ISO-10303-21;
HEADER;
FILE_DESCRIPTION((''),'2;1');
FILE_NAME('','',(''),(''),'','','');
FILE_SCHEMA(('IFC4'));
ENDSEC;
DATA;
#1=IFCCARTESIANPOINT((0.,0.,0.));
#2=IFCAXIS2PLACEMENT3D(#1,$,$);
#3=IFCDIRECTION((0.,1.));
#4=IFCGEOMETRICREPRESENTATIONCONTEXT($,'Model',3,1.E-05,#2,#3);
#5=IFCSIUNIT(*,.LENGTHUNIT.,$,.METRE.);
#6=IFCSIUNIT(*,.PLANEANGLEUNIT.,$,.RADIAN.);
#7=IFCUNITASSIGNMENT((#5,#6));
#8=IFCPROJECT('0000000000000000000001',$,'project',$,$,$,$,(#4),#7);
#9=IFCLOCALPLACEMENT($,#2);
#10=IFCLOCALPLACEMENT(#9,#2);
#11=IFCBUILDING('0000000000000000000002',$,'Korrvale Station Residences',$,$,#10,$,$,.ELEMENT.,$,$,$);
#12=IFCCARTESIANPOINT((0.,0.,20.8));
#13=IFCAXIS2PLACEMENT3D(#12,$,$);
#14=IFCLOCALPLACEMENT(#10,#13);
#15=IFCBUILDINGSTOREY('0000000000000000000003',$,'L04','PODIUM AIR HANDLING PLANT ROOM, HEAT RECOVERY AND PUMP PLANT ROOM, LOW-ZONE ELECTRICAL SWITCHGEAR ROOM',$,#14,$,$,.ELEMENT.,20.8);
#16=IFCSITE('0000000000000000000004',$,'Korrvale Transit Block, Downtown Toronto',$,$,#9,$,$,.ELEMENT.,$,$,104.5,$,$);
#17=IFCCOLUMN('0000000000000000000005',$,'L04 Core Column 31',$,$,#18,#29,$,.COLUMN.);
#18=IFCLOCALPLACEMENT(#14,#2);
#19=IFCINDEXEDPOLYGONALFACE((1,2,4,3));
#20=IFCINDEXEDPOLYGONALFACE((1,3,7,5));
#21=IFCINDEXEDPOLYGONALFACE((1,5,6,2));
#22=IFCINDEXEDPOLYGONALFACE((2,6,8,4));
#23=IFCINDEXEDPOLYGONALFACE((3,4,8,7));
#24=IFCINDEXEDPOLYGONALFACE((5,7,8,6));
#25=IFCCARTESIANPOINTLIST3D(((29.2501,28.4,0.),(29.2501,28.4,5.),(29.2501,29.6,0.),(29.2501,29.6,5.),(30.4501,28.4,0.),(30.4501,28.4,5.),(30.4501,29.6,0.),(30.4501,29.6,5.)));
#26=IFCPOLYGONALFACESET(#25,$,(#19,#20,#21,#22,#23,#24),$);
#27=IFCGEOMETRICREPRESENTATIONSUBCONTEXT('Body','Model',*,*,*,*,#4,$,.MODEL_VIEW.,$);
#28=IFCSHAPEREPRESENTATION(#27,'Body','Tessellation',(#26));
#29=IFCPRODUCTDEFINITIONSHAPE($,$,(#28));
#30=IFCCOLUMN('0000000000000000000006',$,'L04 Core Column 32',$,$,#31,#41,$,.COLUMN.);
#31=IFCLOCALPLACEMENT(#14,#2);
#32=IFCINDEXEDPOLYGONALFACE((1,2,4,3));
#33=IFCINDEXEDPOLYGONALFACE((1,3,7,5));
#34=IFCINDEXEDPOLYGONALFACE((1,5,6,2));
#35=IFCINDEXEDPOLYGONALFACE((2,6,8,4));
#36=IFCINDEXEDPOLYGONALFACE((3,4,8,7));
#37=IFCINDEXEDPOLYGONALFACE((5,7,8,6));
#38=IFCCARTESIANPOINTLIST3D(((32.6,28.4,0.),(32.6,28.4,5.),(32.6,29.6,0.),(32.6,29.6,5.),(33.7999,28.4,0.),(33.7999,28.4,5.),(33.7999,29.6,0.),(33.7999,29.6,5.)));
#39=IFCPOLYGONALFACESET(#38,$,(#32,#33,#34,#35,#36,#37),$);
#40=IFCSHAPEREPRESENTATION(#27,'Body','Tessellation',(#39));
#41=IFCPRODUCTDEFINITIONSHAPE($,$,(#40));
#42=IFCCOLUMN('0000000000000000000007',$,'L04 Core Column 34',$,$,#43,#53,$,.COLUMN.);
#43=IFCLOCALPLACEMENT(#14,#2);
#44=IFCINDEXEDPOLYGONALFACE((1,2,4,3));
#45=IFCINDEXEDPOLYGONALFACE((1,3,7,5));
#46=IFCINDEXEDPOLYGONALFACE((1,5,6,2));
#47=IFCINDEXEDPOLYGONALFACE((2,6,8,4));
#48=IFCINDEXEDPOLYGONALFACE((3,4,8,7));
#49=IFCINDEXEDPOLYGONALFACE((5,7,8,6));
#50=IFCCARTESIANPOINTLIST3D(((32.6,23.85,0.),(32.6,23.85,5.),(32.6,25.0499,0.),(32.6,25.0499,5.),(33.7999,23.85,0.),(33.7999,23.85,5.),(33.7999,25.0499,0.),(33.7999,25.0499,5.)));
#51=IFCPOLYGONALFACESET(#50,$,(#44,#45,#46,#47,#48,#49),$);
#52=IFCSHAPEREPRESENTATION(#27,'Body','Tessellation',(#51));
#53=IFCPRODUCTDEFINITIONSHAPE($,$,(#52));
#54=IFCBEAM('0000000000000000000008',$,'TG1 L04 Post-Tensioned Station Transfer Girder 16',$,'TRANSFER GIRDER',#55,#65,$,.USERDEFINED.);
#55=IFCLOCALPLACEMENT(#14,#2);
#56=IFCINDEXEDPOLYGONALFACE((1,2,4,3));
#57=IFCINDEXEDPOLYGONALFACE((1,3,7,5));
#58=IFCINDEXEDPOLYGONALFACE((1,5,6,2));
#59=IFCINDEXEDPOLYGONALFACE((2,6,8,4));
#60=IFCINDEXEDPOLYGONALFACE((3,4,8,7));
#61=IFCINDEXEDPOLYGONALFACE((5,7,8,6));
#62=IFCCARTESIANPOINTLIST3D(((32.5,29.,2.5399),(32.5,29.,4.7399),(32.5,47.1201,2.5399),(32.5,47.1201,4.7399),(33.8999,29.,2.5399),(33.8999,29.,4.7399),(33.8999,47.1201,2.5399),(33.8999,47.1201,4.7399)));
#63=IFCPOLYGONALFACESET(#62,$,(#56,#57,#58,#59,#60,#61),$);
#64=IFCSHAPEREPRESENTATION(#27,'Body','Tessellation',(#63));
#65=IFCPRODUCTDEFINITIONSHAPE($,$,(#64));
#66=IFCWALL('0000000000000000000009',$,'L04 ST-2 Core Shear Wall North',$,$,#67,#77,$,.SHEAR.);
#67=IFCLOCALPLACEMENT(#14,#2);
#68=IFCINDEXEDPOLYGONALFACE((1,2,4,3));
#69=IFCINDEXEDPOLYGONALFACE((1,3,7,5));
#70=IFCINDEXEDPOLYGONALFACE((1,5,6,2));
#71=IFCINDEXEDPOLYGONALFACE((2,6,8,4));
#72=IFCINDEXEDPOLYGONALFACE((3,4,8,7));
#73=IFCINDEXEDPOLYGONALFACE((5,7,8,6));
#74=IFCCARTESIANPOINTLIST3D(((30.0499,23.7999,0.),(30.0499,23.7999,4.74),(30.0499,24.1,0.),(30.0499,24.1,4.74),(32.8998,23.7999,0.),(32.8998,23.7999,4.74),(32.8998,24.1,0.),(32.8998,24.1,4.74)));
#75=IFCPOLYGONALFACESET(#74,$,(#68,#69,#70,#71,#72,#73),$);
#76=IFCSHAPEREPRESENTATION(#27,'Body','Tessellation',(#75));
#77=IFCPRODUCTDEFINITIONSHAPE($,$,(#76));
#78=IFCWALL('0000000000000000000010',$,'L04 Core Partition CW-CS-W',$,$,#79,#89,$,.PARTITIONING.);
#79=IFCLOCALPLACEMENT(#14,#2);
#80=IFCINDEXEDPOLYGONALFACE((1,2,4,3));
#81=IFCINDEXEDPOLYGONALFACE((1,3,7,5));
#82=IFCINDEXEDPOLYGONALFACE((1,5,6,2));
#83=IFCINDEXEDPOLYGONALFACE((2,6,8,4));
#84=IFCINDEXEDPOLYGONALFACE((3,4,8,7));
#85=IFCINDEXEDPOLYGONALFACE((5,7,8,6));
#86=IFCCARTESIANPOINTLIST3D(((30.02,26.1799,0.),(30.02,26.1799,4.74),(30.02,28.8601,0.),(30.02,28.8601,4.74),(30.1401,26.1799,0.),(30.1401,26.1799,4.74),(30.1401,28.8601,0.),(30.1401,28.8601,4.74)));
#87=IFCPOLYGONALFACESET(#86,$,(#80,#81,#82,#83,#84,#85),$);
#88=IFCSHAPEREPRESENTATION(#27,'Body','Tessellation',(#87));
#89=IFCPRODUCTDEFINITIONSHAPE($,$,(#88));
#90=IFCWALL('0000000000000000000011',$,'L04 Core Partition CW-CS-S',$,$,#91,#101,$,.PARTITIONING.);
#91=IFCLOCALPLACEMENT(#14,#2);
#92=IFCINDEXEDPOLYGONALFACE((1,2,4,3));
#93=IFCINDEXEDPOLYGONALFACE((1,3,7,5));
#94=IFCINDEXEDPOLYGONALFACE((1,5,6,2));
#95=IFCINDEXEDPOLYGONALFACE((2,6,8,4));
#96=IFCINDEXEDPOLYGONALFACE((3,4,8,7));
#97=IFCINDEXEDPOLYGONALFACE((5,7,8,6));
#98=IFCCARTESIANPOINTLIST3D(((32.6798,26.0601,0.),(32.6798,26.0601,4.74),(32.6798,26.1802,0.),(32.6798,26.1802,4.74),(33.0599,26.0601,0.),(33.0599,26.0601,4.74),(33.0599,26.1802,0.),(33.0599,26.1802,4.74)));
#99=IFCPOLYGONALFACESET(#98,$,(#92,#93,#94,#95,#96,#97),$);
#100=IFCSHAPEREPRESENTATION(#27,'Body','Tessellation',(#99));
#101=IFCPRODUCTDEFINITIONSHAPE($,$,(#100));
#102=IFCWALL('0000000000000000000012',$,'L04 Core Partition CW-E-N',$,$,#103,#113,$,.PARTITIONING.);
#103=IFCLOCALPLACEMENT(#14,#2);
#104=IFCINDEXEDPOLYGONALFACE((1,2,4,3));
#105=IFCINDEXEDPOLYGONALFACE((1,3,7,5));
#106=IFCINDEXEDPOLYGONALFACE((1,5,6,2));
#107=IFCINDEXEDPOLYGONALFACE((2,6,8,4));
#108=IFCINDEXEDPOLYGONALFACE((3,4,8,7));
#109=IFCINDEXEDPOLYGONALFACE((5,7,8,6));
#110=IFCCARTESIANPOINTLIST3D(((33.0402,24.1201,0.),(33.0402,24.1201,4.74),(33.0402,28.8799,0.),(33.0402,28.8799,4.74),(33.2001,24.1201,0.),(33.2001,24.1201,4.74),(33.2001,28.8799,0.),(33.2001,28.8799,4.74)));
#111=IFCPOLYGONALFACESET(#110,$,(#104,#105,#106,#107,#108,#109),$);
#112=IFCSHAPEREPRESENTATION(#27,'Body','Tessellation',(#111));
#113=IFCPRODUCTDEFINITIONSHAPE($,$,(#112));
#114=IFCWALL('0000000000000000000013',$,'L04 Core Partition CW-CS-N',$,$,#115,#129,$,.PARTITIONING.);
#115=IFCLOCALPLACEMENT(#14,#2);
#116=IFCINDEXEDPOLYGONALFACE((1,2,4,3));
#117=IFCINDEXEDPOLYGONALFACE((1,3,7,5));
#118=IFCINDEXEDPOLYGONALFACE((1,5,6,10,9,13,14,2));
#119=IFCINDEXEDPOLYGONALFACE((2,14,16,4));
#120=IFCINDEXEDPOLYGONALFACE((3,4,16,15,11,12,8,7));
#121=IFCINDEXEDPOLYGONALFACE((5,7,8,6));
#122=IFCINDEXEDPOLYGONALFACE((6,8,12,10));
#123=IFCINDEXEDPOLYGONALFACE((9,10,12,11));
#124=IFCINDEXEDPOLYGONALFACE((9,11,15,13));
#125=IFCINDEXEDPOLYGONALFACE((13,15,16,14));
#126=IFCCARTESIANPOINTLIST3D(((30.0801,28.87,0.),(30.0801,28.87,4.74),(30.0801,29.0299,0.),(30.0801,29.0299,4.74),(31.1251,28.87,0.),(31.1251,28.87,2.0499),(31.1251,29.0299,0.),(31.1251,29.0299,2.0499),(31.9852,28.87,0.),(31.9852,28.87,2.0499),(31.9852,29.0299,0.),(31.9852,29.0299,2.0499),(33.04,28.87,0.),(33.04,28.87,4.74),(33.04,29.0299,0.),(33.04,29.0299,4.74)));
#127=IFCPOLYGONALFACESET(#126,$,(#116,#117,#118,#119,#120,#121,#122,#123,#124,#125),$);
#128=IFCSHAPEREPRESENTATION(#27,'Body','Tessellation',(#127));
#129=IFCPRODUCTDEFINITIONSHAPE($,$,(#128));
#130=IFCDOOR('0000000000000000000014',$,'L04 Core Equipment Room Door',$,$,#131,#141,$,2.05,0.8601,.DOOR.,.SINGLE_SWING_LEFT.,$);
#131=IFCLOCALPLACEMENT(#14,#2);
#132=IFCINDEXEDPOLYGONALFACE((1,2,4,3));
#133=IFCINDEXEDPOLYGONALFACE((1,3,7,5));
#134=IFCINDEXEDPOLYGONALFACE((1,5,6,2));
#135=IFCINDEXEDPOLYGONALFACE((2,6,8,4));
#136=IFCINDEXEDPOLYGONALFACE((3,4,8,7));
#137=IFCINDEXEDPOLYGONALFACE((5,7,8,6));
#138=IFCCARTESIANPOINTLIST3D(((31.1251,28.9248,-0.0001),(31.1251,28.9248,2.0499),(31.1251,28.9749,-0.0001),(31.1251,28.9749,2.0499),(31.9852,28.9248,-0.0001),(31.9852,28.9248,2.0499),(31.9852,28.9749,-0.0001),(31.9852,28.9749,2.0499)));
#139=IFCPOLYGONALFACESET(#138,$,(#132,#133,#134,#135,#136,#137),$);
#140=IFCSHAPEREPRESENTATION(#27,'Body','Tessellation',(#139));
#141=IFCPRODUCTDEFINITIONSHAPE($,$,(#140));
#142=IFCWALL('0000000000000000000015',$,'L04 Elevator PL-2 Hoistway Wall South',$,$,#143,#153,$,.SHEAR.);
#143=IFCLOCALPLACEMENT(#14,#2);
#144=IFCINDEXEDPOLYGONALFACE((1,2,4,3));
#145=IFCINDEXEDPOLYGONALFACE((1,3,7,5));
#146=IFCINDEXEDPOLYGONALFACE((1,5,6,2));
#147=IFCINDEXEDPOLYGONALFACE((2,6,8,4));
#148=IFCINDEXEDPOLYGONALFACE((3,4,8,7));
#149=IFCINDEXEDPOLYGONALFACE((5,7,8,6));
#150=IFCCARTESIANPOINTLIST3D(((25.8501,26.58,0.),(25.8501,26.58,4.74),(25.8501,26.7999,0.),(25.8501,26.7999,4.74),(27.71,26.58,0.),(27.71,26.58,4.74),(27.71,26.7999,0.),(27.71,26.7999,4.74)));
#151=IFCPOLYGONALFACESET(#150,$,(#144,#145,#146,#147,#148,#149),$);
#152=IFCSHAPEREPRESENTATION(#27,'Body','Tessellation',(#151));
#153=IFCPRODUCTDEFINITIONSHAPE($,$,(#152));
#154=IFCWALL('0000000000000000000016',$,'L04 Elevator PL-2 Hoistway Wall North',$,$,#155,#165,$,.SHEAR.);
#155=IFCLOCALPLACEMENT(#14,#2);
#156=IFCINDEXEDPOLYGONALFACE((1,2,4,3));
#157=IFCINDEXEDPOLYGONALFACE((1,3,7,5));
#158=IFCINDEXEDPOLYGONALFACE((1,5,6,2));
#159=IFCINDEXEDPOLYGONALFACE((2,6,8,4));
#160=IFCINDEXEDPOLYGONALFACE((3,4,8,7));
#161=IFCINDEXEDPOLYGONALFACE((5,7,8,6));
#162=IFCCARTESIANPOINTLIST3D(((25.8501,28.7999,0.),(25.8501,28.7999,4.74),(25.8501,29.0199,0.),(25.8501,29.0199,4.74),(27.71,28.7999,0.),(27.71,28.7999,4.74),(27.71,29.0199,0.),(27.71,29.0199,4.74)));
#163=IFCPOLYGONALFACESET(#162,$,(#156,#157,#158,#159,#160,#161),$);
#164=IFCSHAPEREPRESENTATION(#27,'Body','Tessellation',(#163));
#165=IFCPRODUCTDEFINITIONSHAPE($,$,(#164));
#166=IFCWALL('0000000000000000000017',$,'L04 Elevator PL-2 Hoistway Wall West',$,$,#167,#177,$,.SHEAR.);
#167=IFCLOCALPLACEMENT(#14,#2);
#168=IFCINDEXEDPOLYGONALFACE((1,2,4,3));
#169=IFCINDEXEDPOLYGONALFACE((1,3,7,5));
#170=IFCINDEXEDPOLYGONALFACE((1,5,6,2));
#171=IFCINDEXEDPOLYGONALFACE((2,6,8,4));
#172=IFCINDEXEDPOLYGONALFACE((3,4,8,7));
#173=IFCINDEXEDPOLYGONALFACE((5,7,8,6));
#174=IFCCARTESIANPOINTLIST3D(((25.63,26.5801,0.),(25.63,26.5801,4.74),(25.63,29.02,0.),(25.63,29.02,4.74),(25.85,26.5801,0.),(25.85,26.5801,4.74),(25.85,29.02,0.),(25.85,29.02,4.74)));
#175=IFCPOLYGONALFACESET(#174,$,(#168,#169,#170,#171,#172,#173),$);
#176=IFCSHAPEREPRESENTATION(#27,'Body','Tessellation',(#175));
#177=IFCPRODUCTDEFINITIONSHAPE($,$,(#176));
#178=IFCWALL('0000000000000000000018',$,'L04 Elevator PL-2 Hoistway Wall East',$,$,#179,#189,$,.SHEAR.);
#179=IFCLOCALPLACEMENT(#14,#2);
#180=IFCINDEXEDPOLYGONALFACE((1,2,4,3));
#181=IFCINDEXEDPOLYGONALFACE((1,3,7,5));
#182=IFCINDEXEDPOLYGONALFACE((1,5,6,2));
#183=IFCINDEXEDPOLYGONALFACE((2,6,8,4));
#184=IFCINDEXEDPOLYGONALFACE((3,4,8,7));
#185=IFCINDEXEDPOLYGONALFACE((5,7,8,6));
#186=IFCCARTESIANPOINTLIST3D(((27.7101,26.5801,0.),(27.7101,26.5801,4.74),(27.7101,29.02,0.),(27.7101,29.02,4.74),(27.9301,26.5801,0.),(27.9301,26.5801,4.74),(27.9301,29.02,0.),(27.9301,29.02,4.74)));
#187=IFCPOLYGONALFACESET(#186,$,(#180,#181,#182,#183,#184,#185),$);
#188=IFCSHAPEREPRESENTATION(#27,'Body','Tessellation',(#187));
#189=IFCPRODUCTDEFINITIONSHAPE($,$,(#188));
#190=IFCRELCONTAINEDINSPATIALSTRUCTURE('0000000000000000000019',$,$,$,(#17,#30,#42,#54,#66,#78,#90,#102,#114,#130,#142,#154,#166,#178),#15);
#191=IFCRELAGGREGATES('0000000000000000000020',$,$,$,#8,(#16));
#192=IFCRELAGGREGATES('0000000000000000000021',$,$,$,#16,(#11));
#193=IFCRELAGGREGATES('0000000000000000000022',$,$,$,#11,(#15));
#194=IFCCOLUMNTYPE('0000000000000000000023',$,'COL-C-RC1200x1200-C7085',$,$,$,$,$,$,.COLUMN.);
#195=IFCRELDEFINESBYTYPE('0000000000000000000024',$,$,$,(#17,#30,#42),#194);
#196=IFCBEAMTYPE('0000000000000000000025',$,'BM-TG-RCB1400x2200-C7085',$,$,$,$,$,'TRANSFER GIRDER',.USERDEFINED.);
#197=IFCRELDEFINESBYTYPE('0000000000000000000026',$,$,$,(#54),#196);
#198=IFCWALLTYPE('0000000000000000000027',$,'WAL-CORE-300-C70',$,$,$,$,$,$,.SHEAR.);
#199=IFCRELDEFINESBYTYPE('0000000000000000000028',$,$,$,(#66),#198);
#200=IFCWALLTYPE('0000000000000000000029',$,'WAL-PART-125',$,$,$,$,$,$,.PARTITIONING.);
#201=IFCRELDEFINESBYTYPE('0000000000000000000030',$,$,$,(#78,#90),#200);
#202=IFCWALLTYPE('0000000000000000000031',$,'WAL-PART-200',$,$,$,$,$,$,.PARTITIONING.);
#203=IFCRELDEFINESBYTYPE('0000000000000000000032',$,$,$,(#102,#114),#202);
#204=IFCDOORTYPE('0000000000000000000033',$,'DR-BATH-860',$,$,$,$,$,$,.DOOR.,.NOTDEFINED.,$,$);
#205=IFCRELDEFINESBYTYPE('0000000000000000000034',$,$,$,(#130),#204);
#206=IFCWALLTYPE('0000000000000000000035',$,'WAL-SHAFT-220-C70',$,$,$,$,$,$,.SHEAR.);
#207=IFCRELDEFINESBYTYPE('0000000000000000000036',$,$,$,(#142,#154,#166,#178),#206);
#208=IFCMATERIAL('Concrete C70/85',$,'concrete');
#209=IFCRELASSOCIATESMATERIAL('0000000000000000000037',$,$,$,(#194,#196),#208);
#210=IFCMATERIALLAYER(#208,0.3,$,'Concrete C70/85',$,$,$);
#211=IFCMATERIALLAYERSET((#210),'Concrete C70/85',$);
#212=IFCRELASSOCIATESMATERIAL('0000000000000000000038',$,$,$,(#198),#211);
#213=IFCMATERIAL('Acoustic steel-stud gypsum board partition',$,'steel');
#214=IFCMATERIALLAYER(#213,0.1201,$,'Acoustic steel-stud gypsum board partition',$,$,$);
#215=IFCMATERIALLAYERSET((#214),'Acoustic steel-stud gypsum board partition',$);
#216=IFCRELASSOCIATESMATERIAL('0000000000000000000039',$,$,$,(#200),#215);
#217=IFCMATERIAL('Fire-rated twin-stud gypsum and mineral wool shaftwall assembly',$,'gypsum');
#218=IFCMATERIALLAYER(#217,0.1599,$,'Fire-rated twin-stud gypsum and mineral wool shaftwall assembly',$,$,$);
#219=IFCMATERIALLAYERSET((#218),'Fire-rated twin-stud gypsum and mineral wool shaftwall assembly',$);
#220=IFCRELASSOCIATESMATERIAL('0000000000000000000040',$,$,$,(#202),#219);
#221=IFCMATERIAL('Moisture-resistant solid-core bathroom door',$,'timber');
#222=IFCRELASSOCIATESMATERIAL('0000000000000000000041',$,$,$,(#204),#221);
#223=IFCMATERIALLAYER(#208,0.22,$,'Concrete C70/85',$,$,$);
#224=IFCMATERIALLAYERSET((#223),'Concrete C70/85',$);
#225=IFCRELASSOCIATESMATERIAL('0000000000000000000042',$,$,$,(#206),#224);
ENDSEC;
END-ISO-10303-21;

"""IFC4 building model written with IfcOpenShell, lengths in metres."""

from ifc_helpers import new_model, si_unit, direction, frame, frame_2d, origin, origin_2d, place, context, subcontext, project, spatial, rectangle, extrude, material, layer, layer_set, material_profile, profile_set, type_object, element, fill, save


model = new_model("IFC4")

# Units and contexts
model_context = context("Model", 3, precision=1e-05, world=origin(), true_north=direction((0.0, 1.0)))
body_context = subcontext(model_context, "Body", "Model", "MODEL_VIEW")
ifc_project = project(units=[si_unit("LENGTHUNIT", "METRE"), si_unit("PLANEANGLEUNIT", "RADIAN")], contexts=[model_context])

# Site, building, storey
site_placement = place(None, origin())
site = spatial("IfcSite", under=ifc_project, at=site_placement, Name="Korrvale Transit Block, Downtown Toronto", CompositionType="ELEMENT", RefElevation=104.5)
building_placement = place(site_placement, origin())
building = spatial("IfcBuilding", under=site, at=building_placement, Name="Korrvale Station Residences", CompositionType="ELEMENT")
storey_placement = place(building_placement, frame((0.0, 0.0, 20.8)))
storey = spatial("IfcBuildingStorey", under=building, at=storey_placement, Name="L04", Description="PODIUM AIR HANDLING PLANT ROOM, HEAT RECOVERY AND PUMP PLANT ROOM, LOW-ZONE ELECTRICAL SWITCHGEAR ROOM", CompositionType="ELEMENT", Elevation=20.8)

# Columns
ifc_material_1 = material(Name="Concrete C70/85", Category="concrete")
ifc_material_profile_1 = material_profile(ifc_material_1, rectangle(XDim=1.2, YDim=1.2, at=origin_2d()), Name="RC1200x1200")
ifc_profile_set_1 = profile_set([ifc_material_profile_1], Name="Concrete C70/85")
column_type = type_object("IfcColumnType", Name="COL-C-RC1200x1200-C7085", PredefinedType="COLUMN", material=ifc_profile_set_1)
for number, where, z_axis, x_axis, name in (
    (1, (29.8501, 29.0, 0.0), (0.0, 0.0, 1.0), (1.0, 0.0, 0.0), "L04 Core Column 31"),
    (2, (33.2, 29.0, 0.0), (0.0, 0.0, 1.0), (1.0, 0.0, 0.0), "L04 Core Column 32"),
    (3, (33.2, 24.45, 0.0), (0.0, 0.0, 1.0), (1.0, 0.0, 0.0), "L04 Core Column 34"),
):
    element("IfcColumn", number, at=place(storey_placement, frame(where, z_axis=z_axis, x_axis=x_axis)), inside=storey, type_object=column_type, Name=name, PredefinedType="COLUMN", context=body_context, shape_type="SweptSolid", body=[
        extrude(rectangle(XDim=1.2, YDim=1.2, at=origin_2d()), origin(), (0.0, 0.0, 1.0), 5.0),
    ])

# Beam
ifc_material_profile_2 = material_profile(ifc_material_1, rectangle(XDim=1.3999, YDim=2.2, at=origin_2d()), Name="RCB1400x2200")
ifc_profile_set_2 = profile_set([ifc_material_profile_2], Name="Concrete C70/85")
beam_type = type_object("IfcBeamType", Name="BM-TG-RCB1400x2200-C7085", ElementType="TRANSFER GIRDER", PredefinedType="USERDEFINED", material=ifc_profile_set_2)
beam_placement = place(storey_placement, frame((33.2, 29.0, 3.6399), z_axis=(0.0, 1.0, 0.0), x_axis=(-1.0, 0.0, 0.0)))
element("IfcBeam", 4, at=beam_placement, inside=storey, type_object=beam_type, Name="TG1 L04 Post-Tensioned Station Transfer Girder 16", ObjectType="TRANSFER GIRDER", PredefinedType="USERDEFINED", context=body_context, shape_type="SweptSolid", body=[
    extrude(rectangle(XDim=1.3999, YDim=2.2, at=origin_2d()), origin(), (0.0, 0.0, 1.0), 18.1201),
])

# Walls
ifc_layer_1 = layer(ifc_material_1, 0.3, Name="Concrete C70/85")
ifc_layer_set_1 = layer_set([ifc_layer_1], Name="Concrete C70/85")
wall_type_1 = type_object("IfcWallType", Name="WAL-CORE-300-C70", PredefinedType="SHEAR", material=ifc_layer_set_1)
wall_1_placement = place(storey_placement, frame((30.05, 23.95, 0.0), z_axis=(0.0, 0.0, 1.0), x_axis=(1.0, 0.0, 0.0)))
element("IfcWall", 5, at=wall_1_placement, inside=storey, type_object=wall_type_1, Name="L04 ST-2 Core Shear Wall North", PredefinedType="SHEAR", context=body_context, shape_type="SweptSolid", body=[
    extrude(rectangle(XDim=2.8499, YDim=0.3, at=frame_2d((1.4248, 0.0))), origin(), (0.0, 0.0, 1.0), 4.74),
])
ifc_material_2 = material(Name="Acoustic steel-stud gypsum board partition", Category="steel")
ifc_layer_2 = layer(ifc_material_2, 0.1201, Name="Acoustic steel-stud gypsum board partition")
ifc_layer_set_2 = layer_set([ifc_layer_2], Name="Acoustic steel-stud gypsum board partition")
wall_type_2 = type_object("IfcWallType", Name="WAL-PART-125", PredefinedType="PARTITIONING", material=ifc_layer_set_2)
wall_2_placement = place(storey_placement, frame((30.0801, 26.1799, 0.0), z_axis=(0.0, 0.0, 1.0), x_axis=(0.0, 1.0, 0.0)))
element("IfcWall", 6, at=wall_2_placement, inside=storey, type_object=wall_type_2, Name="L04 Core Partition CW-CS-W", PredefinedType="PARTITIONING", context=body_context, shape_type="SweptSolid", body=[
    extrude(rectangle(XDim=2.6802, YDim=0.1201, at=frame_2d((1.3401, 0.0))), origin(), (0.0, 0.0, 1.0), 4.74),
])
wall_3_placement = place(storey_placement, frame((32.6799, 26.1201, 0.0), z_axis=(0.0, 0.0, 1.0), x_axis=(1.0, 0.0, 0.0)))
element("IfcWall", 7, at=wall_3_placement, inside=storey, type_object=wall_type_2, Name="L04 Core Partition CW-CS-S", PredefinedType="PARTITIONING", context=body_context, shape_type="SweptSolid", body=[
    extrude(rectangle(XDim=0.3801, YDim=0.1201, at=frame_2d((0.1899, 0.0))), origin(), (0.0, 0.0, 1.0), 4.74),
])
ifc_material_3 = material(Name="Fire-rated twin-stud gypsum and mineral wool shaftwall assembly", Category="gypsum")
ifc_layer_3 = layer(ifc_material_3, 0.1599, Name="Fire-rated twin-stud gypsum and mineral wool shaftwall assembly")
ifc_layer_set_3 = layer_set([ifc_layer_3], Name="Fire-rated twin-stud gypsum and mineral wool shaftwall assembly")
wall_type_3 = type_object("IfcWallType", Name="WAL-PART-200", PredefinedType="PARTITIONING", material=ifc_layer_set_3)
wall_4_placement = place(storey_placement, frame((33.1201, 24.1201, 0.0), z_axis=(0.0, 0.0, 1.0), x_axis=(0.0, 1.0, 0.0)))
element("IfcWall", 8, at=wall_4_placement, inside=storey, type_object=wall_type_3, Name="L04 Core Partition CW-E-N", PredefinedType="PARTITIONING", context=body_context, shape_type="SweptSolid", body=[
    extrude(rectangle(XDim=4.7598, YDim=0.1599, at=frame_2d((2.3799, 0.0))), origin(), (0.0, 0.0, 1.0), 4.74),
])

# Wall, opening, door
wall_5_placement = place(storey_placement, frame((30.0801, 28.95, 0.0), z_axis=(0.0, 0.0, 1.0), x_axis=(1.0, 0.0, 0.0)))
wall_5 = element("IfcWall", 9, at=wall_5_placement, inside=storey, type_object=wall_type_3, Name="L04 Core Partition CW-CS-N", PredefinedType="PARTITIONING", context=body_context, shape_type="SweptSolid", body=[
    extrude(rectangle(XDim=2.96, YDim=0.1599, at=frame_2d((1.48, 0.0))), origin(), (0.0, 0.0, 1.0), 4.74),
])
opening_placement = place(wall_5_placement, frame((1.0449, 0.0, 0.0)))
opening = element("IfcOpeningElement", 10, at=opening_placement, cuts=wall_5, PredefinedType="OPENING", context=body_context, shape_type="SweptSolid", body=[
    extrude(rectangle(XDim=0.8601, YDim=2.05, at=frame_2d((0.4302, 1.0249))), frame((0.0, 0.0898, 0.0), z_axis=(0.0, -1.0, 0.0), x_axis=(1.0, 0.0, 0.0)), (0.0, 0.0, 1.0), 0.1799),
])
ifc_material_4 = material(Name="Moisture-resistant solid-core bathroom door", Category="timber")
door_type = type_object("IfcDoorType", Name="DR-BATH-860", OperationType="NOTDEFINED", PredefinedType="DOOR", material=ifc_material_4)
door_placement = place(opening_placement, origin())
door = element("IfcDoor", 11, at=door_placement, inside=storey, type_object=door_type, Name="L04 Core Equipment Room Door", OperationType="SINGLE_SWING_LEFT", OverallHeight=2.05, OverallWidth=0.8601, PredefinedType="DOOR", context=body_context, shape_type="SweptSolid", body=[
    extrude(rectangle(XDim=0.8601, YDim=2.05, at=frame_2d((0.4302, 1.0249))), frame((0.0, 0.0249, 0.0), z_axis=(0.0, -1.0, 0.0), x_axis=(1.0, 0.0, 0.0)), (0.0, 0.0, 1.0), 0.05),
])
fill(opening, door)

# Walls
ifc_layer_4 = layer(ifc_material_1, 0.22, Name="Concrete C70/85")
ifc_layer_set_4 = layer_set([ifc_layer_4], Name="Concrete C70/85")
wall_type_4 = type_object("IfcWallType", Name="WAL-SHAFT-220-C70", PredefinedType="SHEAR", material=ifc_layer_set_4)
for number, where, z_axis, x_axis, name in (
    (12, (25.8501, 26.6899, 0.0), (0.0, 0.0, 1.0), (1.0, 0.0, 0.0), "L04 Elevator PL-2 Hoistway Wall South"),
    (13, (25.8501, 28.9099, 0.0), (0.0, 0.0, 1.0), (1.0, 0.0, 0.0), "L04 Elevator PL-2 Hoistway Wall North"),
):
    element("IfcWall", number, at=place(storey_placement, frame(where, z_axis=z_axis, x_axis=x_axis)), inside=storey, type_object=wall_type_4, Name=name, PredefinedType="SHEAR", context=body_context, shape_type="SweptSolid", body=[
        extrude(rectangle(XDim=1.8599, YDim=0.22, at=frame_2d((0.9299, 0.0))), origin(), (0.0, 0.0, 1.0), 4.74),
    ])
for number, where, z_axis, x_axis, name in (
    (14, (25.74, 26.5801, 0.0), (0.0, 0.0, 1.0), (0.0, 1.0, 0.0), "L04 Elevator PL-2 Hoistway Wall West"),
    (15, (27.8201, 26.5801, 0.0), (0.0, 0.0, 1.0), (0.0, 1.0, 0.0), "L04 Elevator PL-2 Hoistway Wall East"),
):
    element("IfcWall", number, at=place(storey_placement, frame(where, z_axis=z_axis, x_axis=x_axis)), inside=storey, type_object=wall_type_4, Name=name, PredefinedType="SHEAR", context=body_context, shape_type="SweptSolid", body=[
        extrude(rectangle(XDim=2.4399, YDim=0.22, at=frame_2d((1.22, 0.0))), origin(), (0.0, 0.0, 1.0), 4.74),
    ])

save(model, "model.ifc")
